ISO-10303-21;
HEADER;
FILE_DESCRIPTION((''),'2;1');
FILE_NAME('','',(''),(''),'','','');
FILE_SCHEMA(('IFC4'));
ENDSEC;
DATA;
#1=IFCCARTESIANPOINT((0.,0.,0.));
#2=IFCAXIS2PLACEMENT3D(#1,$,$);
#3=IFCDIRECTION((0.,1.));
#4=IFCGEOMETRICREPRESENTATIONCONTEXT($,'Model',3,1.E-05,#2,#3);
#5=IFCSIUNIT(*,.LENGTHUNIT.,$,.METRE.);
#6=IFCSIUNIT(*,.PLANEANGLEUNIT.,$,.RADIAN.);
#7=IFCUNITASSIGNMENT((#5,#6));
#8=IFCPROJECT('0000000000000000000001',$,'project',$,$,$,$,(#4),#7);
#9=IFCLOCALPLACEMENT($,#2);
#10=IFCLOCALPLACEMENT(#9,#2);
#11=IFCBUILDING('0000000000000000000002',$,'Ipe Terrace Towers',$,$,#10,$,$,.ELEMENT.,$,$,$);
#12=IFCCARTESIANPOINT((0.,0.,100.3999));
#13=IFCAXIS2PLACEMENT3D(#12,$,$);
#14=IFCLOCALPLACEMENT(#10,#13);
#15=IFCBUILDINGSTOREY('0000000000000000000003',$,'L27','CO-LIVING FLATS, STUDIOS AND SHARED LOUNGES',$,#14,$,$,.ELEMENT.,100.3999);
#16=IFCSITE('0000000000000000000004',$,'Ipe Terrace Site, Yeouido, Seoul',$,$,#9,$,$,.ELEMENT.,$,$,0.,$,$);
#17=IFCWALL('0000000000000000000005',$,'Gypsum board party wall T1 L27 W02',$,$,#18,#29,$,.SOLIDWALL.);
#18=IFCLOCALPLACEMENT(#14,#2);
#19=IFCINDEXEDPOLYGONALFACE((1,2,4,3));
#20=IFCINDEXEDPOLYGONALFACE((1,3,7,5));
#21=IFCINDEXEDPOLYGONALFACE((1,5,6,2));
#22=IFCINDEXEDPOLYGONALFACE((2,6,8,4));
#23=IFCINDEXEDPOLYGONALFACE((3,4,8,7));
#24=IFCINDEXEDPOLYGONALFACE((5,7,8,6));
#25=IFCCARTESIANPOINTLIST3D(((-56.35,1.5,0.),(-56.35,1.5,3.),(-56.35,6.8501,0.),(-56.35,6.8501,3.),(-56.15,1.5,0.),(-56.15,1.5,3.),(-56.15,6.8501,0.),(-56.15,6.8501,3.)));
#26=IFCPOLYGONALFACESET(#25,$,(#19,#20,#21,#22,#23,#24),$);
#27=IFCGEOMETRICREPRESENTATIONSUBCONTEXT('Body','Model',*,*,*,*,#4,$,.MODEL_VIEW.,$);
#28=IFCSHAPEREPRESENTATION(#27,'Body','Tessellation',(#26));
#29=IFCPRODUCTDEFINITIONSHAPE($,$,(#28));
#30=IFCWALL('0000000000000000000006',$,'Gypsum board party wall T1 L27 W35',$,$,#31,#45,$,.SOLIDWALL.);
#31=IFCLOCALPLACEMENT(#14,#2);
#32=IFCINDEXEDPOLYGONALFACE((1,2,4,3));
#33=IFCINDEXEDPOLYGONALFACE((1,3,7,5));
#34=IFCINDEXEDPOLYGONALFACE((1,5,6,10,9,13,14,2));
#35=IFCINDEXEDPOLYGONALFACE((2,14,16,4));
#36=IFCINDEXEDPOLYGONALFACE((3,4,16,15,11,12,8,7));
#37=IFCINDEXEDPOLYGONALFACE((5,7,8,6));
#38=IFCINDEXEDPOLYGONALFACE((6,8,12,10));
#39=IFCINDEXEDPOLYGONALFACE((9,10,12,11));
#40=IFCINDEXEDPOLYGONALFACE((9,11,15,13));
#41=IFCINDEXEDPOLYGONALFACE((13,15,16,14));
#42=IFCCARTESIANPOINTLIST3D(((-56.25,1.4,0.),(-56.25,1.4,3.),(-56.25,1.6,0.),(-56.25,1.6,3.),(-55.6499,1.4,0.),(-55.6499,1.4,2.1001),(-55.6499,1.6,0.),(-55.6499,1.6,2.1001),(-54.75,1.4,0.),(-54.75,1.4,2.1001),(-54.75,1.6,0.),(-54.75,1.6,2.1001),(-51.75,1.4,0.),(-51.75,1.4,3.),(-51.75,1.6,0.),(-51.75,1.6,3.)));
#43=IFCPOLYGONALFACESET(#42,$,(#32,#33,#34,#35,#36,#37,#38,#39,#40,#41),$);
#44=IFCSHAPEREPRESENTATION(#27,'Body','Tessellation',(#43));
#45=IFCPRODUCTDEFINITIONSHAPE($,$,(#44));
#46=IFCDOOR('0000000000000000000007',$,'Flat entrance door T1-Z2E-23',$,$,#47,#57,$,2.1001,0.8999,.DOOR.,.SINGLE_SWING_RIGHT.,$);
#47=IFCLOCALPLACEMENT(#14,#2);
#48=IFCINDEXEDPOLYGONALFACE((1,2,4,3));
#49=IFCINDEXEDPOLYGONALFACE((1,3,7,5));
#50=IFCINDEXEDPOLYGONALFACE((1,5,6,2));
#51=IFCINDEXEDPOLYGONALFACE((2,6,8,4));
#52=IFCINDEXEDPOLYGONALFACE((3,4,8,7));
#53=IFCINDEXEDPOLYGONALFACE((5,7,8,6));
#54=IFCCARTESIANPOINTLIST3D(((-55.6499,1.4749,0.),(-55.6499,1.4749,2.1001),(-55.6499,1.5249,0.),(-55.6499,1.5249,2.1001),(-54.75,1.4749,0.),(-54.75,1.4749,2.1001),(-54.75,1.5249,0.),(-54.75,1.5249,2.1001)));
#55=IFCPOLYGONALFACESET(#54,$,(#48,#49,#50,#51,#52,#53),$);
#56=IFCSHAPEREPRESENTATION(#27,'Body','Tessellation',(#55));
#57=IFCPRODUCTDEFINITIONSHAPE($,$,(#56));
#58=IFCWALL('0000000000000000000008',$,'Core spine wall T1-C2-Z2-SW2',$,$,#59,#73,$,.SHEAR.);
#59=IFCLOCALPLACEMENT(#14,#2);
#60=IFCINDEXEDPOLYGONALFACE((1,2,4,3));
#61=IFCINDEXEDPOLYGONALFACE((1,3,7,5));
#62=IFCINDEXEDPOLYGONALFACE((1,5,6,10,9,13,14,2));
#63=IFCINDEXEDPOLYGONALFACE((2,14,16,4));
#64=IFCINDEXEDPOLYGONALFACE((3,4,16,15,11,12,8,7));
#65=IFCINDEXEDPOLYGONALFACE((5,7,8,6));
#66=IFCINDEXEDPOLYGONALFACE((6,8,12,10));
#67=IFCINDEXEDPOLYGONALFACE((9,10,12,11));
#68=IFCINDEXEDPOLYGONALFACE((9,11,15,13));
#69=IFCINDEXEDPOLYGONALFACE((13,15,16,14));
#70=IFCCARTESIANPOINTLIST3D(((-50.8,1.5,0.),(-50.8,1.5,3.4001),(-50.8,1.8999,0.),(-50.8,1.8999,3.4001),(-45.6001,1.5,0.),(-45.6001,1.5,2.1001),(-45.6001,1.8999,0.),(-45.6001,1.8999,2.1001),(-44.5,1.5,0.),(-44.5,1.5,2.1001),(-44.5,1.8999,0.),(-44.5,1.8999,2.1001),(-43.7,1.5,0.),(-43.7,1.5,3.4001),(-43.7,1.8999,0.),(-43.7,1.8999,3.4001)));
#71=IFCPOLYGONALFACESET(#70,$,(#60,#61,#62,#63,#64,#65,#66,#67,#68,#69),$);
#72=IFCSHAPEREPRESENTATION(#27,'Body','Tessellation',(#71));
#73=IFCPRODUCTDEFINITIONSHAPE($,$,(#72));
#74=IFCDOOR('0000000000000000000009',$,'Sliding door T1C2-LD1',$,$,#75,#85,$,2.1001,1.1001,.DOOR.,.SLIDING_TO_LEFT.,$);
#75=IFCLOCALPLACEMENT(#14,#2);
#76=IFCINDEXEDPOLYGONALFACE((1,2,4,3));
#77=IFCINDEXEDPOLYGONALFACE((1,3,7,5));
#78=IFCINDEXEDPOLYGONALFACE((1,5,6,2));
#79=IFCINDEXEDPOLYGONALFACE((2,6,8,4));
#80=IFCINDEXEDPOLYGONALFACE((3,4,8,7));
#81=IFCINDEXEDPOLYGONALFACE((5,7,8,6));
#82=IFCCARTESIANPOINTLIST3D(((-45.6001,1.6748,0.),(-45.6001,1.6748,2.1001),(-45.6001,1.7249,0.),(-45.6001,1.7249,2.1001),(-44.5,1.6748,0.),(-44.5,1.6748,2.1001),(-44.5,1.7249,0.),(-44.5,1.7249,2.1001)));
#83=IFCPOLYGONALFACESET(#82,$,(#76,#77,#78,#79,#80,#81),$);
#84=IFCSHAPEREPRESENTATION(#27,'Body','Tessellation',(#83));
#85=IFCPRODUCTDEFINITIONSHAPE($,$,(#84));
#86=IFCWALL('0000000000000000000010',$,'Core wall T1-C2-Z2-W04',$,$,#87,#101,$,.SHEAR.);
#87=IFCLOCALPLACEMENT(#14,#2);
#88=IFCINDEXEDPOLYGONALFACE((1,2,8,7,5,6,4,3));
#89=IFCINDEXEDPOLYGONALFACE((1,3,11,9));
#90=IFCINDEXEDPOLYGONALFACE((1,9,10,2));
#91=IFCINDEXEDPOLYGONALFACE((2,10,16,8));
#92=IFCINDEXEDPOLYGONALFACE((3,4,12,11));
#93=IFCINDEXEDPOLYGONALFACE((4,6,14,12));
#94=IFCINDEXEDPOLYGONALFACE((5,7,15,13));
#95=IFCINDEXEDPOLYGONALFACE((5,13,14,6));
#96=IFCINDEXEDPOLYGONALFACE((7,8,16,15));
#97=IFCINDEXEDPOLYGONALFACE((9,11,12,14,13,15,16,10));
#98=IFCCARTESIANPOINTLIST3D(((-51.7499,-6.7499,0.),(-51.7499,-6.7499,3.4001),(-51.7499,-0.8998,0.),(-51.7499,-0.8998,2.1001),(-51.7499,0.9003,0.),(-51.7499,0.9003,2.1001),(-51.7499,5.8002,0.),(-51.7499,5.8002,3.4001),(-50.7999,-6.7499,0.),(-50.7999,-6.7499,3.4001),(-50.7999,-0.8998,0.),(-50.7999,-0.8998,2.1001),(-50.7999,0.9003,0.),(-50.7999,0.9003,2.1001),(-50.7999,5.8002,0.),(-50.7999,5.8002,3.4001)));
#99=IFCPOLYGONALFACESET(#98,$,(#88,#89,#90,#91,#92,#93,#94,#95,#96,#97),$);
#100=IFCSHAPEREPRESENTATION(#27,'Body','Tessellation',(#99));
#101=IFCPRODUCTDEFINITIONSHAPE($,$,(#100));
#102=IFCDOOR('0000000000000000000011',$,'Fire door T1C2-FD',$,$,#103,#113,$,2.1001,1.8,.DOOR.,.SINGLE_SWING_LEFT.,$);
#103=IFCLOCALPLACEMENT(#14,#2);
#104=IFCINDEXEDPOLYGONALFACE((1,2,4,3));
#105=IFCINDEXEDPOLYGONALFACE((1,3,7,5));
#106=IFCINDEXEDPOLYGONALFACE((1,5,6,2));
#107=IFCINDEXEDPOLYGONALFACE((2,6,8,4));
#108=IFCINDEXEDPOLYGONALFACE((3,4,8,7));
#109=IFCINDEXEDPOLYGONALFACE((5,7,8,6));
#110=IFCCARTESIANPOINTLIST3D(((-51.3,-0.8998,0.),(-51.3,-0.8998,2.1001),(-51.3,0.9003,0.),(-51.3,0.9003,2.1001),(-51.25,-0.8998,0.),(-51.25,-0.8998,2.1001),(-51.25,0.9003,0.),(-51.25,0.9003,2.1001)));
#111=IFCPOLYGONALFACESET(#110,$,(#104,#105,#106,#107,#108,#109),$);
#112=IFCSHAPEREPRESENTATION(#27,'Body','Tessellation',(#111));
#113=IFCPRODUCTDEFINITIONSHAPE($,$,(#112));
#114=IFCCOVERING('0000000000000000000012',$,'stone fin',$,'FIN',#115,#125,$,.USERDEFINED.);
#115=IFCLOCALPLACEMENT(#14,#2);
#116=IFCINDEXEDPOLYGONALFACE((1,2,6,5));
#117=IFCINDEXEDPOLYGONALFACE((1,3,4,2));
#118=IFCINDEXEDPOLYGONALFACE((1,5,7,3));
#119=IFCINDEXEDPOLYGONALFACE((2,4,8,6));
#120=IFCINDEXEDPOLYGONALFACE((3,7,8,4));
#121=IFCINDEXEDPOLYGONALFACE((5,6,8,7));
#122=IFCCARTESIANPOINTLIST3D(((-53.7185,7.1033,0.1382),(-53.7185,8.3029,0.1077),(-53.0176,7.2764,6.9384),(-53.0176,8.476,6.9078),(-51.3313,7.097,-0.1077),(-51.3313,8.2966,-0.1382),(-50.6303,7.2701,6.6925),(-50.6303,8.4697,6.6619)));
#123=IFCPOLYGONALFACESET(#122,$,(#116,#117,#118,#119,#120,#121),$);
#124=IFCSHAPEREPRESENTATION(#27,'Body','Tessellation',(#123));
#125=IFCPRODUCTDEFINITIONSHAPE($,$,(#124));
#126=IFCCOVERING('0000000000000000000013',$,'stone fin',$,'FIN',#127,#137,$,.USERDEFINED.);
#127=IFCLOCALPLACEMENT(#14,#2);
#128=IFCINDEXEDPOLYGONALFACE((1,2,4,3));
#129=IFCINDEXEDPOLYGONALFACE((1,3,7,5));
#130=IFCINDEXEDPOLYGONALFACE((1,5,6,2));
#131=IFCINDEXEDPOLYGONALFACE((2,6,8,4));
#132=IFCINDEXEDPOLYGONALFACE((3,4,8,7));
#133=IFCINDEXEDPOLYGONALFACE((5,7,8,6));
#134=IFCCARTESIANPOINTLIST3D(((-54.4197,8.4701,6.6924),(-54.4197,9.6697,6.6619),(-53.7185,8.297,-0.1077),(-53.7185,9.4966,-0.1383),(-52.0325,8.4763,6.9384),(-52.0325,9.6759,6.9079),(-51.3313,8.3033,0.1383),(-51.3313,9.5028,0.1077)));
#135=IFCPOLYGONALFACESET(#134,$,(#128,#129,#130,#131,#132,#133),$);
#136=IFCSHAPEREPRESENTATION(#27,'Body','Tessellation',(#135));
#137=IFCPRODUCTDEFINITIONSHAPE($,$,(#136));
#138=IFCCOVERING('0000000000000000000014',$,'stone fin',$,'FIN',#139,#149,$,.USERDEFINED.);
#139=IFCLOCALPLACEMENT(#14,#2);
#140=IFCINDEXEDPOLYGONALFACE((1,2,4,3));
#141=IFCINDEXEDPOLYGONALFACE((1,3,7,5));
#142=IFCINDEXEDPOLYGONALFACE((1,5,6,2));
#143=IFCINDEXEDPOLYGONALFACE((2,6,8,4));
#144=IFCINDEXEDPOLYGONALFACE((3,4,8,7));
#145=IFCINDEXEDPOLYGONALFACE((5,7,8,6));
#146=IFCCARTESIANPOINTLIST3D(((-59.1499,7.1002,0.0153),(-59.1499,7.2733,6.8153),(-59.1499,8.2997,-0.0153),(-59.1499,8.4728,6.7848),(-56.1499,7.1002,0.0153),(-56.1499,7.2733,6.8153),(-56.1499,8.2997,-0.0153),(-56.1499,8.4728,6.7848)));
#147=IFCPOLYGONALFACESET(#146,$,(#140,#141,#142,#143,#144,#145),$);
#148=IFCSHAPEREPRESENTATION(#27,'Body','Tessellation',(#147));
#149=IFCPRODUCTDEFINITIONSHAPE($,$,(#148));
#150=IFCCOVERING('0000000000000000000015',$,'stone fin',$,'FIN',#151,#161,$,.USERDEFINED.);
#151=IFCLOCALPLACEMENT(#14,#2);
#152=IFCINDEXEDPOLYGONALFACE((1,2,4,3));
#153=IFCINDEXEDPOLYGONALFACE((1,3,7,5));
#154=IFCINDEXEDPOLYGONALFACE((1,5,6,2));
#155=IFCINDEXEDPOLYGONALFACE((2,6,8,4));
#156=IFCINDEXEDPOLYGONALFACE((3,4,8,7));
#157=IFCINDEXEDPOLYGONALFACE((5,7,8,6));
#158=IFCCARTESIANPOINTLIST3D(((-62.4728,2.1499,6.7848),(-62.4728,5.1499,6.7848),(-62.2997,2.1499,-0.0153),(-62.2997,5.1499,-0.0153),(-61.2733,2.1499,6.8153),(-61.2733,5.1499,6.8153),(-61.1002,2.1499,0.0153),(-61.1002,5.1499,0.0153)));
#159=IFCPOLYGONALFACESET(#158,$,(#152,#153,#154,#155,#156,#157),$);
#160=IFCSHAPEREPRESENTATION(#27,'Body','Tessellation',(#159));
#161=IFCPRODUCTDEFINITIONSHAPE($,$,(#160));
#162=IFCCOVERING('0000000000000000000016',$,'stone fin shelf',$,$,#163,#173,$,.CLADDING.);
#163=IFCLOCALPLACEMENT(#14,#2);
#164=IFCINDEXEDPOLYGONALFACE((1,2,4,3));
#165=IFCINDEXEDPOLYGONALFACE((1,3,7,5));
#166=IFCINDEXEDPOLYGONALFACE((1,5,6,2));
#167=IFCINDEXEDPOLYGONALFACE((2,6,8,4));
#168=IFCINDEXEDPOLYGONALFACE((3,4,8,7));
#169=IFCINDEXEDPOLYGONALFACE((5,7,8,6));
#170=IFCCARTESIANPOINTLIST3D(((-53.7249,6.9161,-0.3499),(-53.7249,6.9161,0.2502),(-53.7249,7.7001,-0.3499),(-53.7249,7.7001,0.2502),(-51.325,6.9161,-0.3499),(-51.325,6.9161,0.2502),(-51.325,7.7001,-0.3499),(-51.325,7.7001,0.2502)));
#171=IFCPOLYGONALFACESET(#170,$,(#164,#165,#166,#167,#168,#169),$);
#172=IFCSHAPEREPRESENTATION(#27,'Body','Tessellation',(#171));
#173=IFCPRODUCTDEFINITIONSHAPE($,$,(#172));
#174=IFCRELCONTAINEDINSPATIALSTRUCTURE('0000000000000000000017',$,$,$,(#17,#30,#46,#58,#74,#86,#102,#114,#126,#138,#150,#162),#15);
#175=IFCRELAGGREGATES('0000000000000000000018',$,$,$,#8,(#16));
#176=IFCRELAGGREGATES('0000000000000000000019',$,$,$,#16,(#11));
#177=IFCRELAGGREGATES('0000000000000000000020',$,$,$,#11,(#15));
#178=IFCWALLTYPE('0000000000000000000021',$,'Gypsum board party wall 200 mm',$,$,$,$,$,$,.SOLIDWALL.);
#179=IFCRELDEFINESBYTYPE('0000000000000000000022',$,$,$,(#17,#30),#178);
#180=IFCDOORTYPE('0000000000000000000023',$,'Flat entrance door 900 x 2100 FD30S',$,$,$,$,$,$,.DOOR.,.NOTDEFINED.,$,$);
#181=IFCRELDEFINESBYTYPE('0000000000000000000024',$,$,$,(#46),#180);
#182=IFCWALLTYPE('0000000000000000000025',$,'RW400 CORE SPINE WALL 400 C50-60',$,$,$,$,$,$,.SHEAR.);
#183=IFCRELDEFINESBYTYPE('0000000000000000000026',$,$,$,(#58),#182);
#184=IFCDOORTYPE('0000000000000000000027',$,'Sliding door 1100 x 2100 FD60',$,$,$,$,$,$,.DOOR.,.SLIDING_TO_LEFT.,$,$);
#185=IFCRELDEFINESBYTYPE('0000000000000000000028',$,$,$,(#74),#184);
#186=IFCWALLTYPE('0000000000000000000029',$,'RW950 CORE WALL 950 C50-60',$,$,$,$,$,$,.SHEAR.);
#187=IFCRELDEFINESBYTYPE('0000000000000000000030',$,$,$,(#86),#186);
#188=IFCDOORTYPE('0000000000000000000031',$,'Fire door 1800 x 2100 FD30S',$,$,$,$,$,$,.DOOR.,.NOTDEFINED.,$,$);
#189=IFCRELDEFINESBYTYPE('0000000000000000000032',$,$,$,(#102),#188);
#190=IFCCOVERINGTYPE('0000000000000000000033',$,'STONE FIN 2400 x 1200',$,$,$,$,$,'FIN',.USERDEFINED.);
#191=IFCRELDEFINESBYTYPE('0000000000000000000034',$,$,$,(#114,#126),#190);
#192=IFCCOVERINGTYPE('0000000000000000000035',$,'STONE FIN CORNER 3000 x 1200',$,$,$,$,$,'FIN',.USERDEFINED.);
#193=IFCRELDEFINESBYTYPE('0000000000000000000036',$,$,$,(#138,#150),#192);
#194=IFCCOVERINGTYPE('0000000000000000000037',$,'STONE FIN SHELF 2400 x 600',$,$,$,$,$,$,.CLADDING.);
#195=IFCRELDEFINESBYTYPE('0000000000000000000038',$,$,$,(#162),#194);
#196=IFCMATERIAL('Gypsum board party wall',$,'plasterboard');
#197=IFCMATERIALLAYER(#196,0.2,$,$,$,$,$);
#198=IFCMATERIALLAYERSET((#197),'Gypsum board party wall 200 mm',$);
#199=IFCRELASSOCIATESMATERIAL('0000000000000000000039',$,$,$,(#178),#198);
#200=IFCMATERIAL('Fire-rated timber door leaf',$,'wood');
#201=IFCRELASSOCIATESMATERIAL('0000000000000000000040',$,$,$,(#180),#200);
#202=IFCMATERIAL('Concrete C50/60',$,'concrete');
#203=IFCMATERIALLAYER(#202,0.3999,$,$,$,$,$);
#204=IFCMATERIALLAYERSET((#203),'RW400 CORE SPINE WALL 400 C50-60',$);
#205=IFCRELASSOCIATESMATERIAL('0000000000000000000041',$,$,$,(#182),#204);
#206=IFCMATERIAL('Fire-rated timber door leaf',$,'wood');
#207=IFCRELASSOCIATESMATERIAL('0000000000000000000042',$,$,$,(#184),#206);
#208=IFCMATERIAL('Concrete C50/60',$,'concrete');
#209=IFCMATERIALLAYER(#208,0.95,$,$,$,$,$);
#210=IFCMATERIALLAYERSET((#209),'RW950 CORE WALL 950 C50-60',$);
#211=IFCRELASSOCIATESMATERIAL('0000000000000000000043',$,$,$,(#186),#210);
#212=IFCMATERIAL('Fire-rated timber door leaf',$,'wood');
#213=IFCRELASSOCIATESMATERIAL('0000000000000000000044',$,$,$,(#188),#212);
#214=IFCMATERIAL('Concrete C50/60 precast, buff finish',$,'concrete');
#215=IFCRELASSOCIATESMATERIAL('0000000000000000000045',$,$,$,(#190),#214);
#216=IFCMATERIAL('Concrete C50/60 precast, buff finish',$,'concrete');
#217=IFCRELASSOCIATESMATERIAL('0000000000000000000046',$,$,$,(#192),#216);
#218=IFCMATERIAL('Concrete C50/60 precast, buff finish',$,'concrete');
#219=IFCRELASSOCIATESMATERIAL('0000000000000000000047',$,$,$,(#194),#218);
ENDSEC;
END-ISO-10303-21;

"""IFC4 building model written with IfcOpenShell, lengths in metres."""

from ifc_helpers import new_model, si_unit, direction, frame, frame_2d, origin, origin_2d, place, context, subcontext, project, spatial, rectangle, extrude, material, layer, layer_set, material_profile, profile_set, type_object, element, fill, save


model = new_model("IFC4")

# Units and contexts
model_context = context("Model", 3, precision=1e-05, world=origin(), true_north=direction((0.0, 1.0)))
body_context = subcontext(model_context, "Body", "Model", "MODEL_VIEW")
ifc_project = project(units=[si_unit("LENGTHUNIT", "METRE"), si_unit("PLANEANGLEUNIT", "RADIAN")], contexts=[model_context])

# Site, building, storey
site_placement = place(None, origin())
site = spatial("IfcSite", under=ifc_project, at=site_placement, Name="Ipe Terrace Site, Yeouido, Seoul", CompositionType="ELEMENT", RefElevation=0.0)
building_placement = place(site_placement, origin())
building = spatial("IfcBuilding", under=site, at=building_placement, Name="Ipe Terrace Towers", CompositionType="ELEMENT")
storey_placement = place(building_placement, frame((0.0, 0.0, 100.3999)))
storey = spatial("IfcBuildingStorey", under=building, at=storey_placement, Name="L27", Description="CO-LIVING FLATS, STUDIOS AND SHARED LOUNGES", CompositionType="ELEMENT", Elevation=100.3999)

# Wall
ifc_material_1 = material(Name="Gypsum board party wall", Category="plasterboard")
ifc_layer_1 = layer(ifc_material_1, 0.2)
ifc_layer_set_1 = layer_set([ifc_layer_1], Name="Gypsum board party wall 200 mm")
wall_type_1 = type_object("IfcWallType", Name="Gypsum board party wall 200 mm", PredefinedType="SOLIDWALL", material=ifc_layer_set_1)
wall_1_placement = place(storey_placement, frame((-56.25, 1.5, 0.0), z_axis=(0.0, 0.0, 1.0), x_axis=(0.0, 1.0, 0.0)))
element("IfcWall", 1, at=wall_1_placement, inside=storey, type_object=wall_type_1, Name="Gypsum board party wall T1 L27 W02", PredefinedType="SOLIDWALL", context=body_context, shape_type="SweptSolid", body=[
    extrude(rectangle(XDim=5.3501, YDim=0.2, at=frame_2d((2.675, 0.0))), origin(), (0.0, 0.0, 1.0), 3.0),
])

# Walls, openings, doors
wall_2_placement = place(storey_placement, frame((-56.25, 1.5, 0.0), z_axis=(0.0, 0.0, 1.0), x_axis=(1.0, 0.0, 0.0)))
wall_2 = element("IfcWall", 2, at=wall_2_placement, inside=storey, type_object=wall_type_1, Name="Gypsum board party wall T1 L27 W35", PredefinedType="SOLIDWALL", context=body_context, shape_type="SweptSolid", body=[
    extrude(rectangle(XDim=4.5, YDim=0.2, at=frame_2d((2.25, 0.0))), origin(), (0.0, 0.0, 1.0), 3.0),
])
opening_1_placement = place(wall_2_placement, frame((0.6001, 0.0, 0.0)))
opening_1 = element("IfcOpeningElement", 3, at=opening_1_placement, cuts=wall_2, PredefinedType="OPENING", context=body_context, shape_type="SweptSolid", body=[
    extrude(rectangle(XDim=0.8999, YDim=2.1001, at=frame_2d((0.45, 1.05))), frame((0.0, 0.1099, 0.0), z_axis=(0.0, -1.0, 0.0), x_axis=(1.0, 0.0, 0.0)), (0.0, 0.0, 1.0), 0.22),
])
ifc_material_2 = material(Name="Fire-rated timber door leaf", Category="wood")
door_type_1 = type_object("IfcDoorType", Name="Flat entrance door 900 x 2100 FD30S", OperationType="NOTDEFINED", PredefinedType="DOOR", material=ifc_material_2)
door_1_placement = place(opening_1_placement, origin())
door_1 = element("IfcDoor", 4, at=door_1_placement, inside=storey, type_object=door_type_1, Name="Flat entrance door T1-Z2E-23", OperationType="SINGLE_SWING_RIGHT", OverallHeight=2.1001, OverallWidth=0.8999, PredefinedType="DOOR", context=body_context, shape_type="SweptSolid", body=[
    extrude(rectangle(XDim=0.8999, YDim=2.1001, at=frame_2d((0.45, 1.05))), frame((0.0, 0.0249, 0.0), z_axis=(0.0, -1.0, 0.0), x_axis=(1.0, 0.0, 0.0)), (0.0, 0.0, 1.0), 0.05),
])
fill(opening_1, door_1)
ifc_material_3 = material(Name="Concrete C50/60", Category="concrete")
ifc_layer_2 = layer(ifc_material_3, 0.3999)
ifc_layer_set_2 = layer_set([ifc_layer_2], Name="RW400 CORE SPINE WALL 400 C50-60")
wall_type_2 = type_object("IfcWallType", Name="RW400 CORE SPINE WALL 400 C50-60", PredefinedType="SHEAR", material=ifc_layer_set_2)
wall_3_placement = place(storey_placement, frame((-50.8, 1.7, 0.0), z_axis=(0.0, 0.0, 1.0), x_axis=(1.0, 0.0, 0.0)))
wall_3 = element("IfcWall", 5, at=wall_3_placement, inside=storey, type_object=wall_type_2, Name="Core spine wall T1-C2-Z2-SW2", PredefinedType="SHEAR", context=body_context, shape_type="SweptSolid", body=[
    extrude(rectangle(XDim=7.1001, YDim=0.3999, at=frame_2d((3.55, 0.0))), origin(), (0.0, 0.0, 1.0), 3.4001),
])
opening_2_placement = place(wall_3_placement, frame((5.2, 0.0, 0.0)))
opening_2 = element("IfcOpeningElement", 6, at=opening_2_placement, cuts=wall_3, PredefinedType="OPENING", context=body_context, shape_type="SweptSolid", body=[
    extrude(rectangle(XDim=1.1001, YDim=2.1001, at=frame_2d((0.55, 1.05))), frame((0.0, 0.21, 0.0), z_axis=(0.0, -1.0, 0.0), x_axis=(1.0, 0.0, 0.0)), (0.0, 0.0, 1.0), 0.4199),
])
ifc_material_4 = material(Name="Fire-rated timber door leaf", Category="wood")
door_type_2 = type_object("IfcDoorType", Name="Sliding door 1100 x 2100 FD60", OperationType="SLIDING_TO_LEFT", PredefinedType="DOOR", material=ifc_material_4)
door_2_placement = place(opening_2_placement, origin())
door_2 = element("IfcDoor", 7, at=door_2_placement, inside=storey, type_object=door_type_2, Name="Sliding door T1C2-LD1", OperationType="SLIDING_TO_LEFT", OverallHeight=2.1001, OverallWidth=1.1001, PredefinedType="DOOR", context=body_context, shape_type="SweptSolid", body=[
    extrude(rectangle(XDim=1.1001, YDim=2.1001, at=frame_2d((0.55, 1.05))), frame((0.0, 0.0249, 0.0), z_axis=(0.0, -1.0, 0.0), x_axis=(1.0, 0.0, 0.0)), (0.0, 0.0, 1.0), 0.05),
])
fill(opening_2, door_2)
ifc_material_5 = material(Name="Concrete C50/60", Category="concrete")
ifc_layer_3 = layer(ifc_material_5, 0.95)
ifc_layer_set_3 = layer_set([ifc_layer_3], Name="RW950 CORE WALL 950 C50-60")
wall_type_3 = type_object("IfcWallType", Name="RW950 CORE WALL 950 C50-60", PredefinedType="SHEAR", material=ifc_layer_set_3)
wall_4_placement = place(storey_placement, frame((-51.2749, 5.8, 0.0), z_axis=(0.0, 0.0, 1.0), x_axis=(0.0, -1.0, 0.0)))
wall_4 = element("IfcWall", 8, at=wall_4_placement, inside=storey, type_object=wall_type_3, Name="Core wall T1-C2-Z2-W04", PredefinedType="SHEAR", context=body_context, shape_type="SweptSolid", body=[
    extrude(rectangle(XDim=12.55, YDim=0.95, at=frame_2d((6.2749, 0.0))), origin(), (0.0, 0.0, 1.0), 3.4001),
])
opening_3_placement = place(wall_4_placement, frame((4.8999, 0.0, 0.0)))
opening_3 = element("IfcOpeningElement", 9, at=opening_3_placement, cuts=wall_4, PredefinedType="OPENING", context=body_context, shape_type="SweptSolid", body=[
    extrude(rectangle(XDim=1.8, YDim=2.1001, at=frame_2d((0.8999, 1.05))), frame((0.0, 0.4849, 0.0), z_axis=(0.0, -1.0, 0.0), x_axis=(1.0, 0.0, 0.0)), (0.0, 0.0, 1.0), 0.97),
])
ifc_material_6 = material(Name="Fire-rated timber door leaf", Category="wood")
door_type_3 = type_object("IfcDoorType", Name="Fire door 1800 x 2100 FD30S", OperationType="NOTDEFINED", PredefinedType="DOOR", material=ifc_material_6)
door_3_placement = place(opening_3_placement, origin())
door_3 = element("IfcDoor", 10, at=door_3_placement, inside=storey, type_object=door_type_3, Name="Fire door T1C2-FD", OperationType="SINGLE_SWING_LEFT", OverallHeight=2.1001, OverallWidth=1.8, PredefinedType="DOOR", context=body_context, shape_type="SweptSolid", body=[
    extrude(rectangle(XDim=1.8, YDim=2.1001, at=frame_2d((0.8999, 1.05))), frame((0.0, 0.0249, 0.0), z_axis=(0.0, -1.0, 0.0), x_axis=(1.0, 0.0, 0.0)), (0.0, 0.0, 1.0), 0.05),
])
fill(opening_3, door_3)

# Coverings
ifc_material_7 = material(Name="Concrete C50/60 precast, buff finish", Category="concrete")
ifc_material_profile_1 = material_profile(ifc_material_7, rectangle(XDim=2.3999, YDim=1.2, at=origin_2d()), Name="STONE FIN 2400 x 1200")
ifc_profile_set_1 = profile_set([ifc_material_profile_1], Name="Concrete C50/60 precast, buff finish")
covering_type_1 = type_object("IfcCoveringType", Name="STONE FIN 2400 x 1200", ElementType="FIN", PredefinedType="USERDEFINED", material=ifc_profile_set_1)
for number, where, z_axis, x_axis, name in (
    (11, (-52.5249, 7.7, 0.0), (0.102501, 0.025313, 0.994411), (-0.994733, 0.002608, 0.102468), "stone fin"),
    (12, (-52.5249, 8.8999, 0.0), (-0.102536, 0.025313, 0.994407), (-0.994729, -0.002609, -0.102503), "stone fin"),
):
    element("IfcCovering", number, at=place(storey_placement, frame(where, z_axis=z_axis, x_axis=x_axis)), inside=storey, type_object=covering_type_1, Name=name, ObjectType="FIN", PredefinedType="USERDEFINED", context=body_context, shape_type="SweptSolid", body=[
        extrude(rectangle(XDim=2.3999, YDim=1.2, at=origin_2d()), origin(), (0.0, 0.0, 1.0), 6.8384),
    ])
ifc_material_8 = material(Name="Concrete C50/60 precast, buff finish", Category="concrete")
ifc_material_profile_2 = material_profile(ifc_material_8, rectangle(XDim=3.0, YDim=1.2, at=origin_2d()), Name="STONE FIN CORNER 3000 x 1200")
ifc_profile_set_2 = profile_set([ifc_material_profile_2], Name="Concrete C50/60 precast, buff finish")
covering_type_2 = type_object("IfcCoveringType", Name="STONE FIN CORNER 3000 x 1200", ElementType="FIN", PredefinedType="USERDEFINED", material=ifc_profile_set_2)
for number, where, z_axis, x_axis, name in (
    (13, (-57.6499, 7.7, 0.0), (0.0, 0.025447, 0.999676), (-1.0, 0.0, 0.0), "stone fin"),
    (14, (-61.7, 3.6499, 0.0), (-0.025447, 0.0, 0.999676), (0.0, -1.0, 0.0), "stone fin"),
):
    element("IfcCovering", number, at=place(storey_placement, frame(where, z_axis=z_axis, x_axis=x_axis)), inside=storey, type_object=covering_type_2, Name=name, ObjectType="FIN", PredefinedType="USERDEFINED", context=body_context, shape_type="SweptSolid", body=[
        extrude(rectangle(XDim=3.0, YDim=1.2, at=origin_2d()), origin(), (0.0, 0.0, 1.0), 6.8022),
    ])
ifc_material_9 = material(Name="Concrete C50/60 precast, buff finish", Category="concrete")
covering_type_3 = type_object("IfcCoveringType", Name="STONE FIN SHELF 2400 x 600", PredefinedType="CLADDING", material=ifc_material_9)
covering_placement = place(storey_placement, frame((-52.5249, 7.3081, -0.3499), z_axis=(0.0, 0.0, 1.0), x_axis=(-1.0, 0.0, 0.0)))
element("IfcCovering", 15, at=covering_placement, inside=storey, type_object=covering_type_3, Name="stone fin shelf", PredefinedType="CLADDING", context=body_context, shape_type="SweptSolid", body=[
    extrude(rectangle(XDim=2.3999, YDim=0.7839, at=origin_2d()), origin(), (0.0, 0.0, 1.0), 0.6001),
])

save(model, "model.ifc")
